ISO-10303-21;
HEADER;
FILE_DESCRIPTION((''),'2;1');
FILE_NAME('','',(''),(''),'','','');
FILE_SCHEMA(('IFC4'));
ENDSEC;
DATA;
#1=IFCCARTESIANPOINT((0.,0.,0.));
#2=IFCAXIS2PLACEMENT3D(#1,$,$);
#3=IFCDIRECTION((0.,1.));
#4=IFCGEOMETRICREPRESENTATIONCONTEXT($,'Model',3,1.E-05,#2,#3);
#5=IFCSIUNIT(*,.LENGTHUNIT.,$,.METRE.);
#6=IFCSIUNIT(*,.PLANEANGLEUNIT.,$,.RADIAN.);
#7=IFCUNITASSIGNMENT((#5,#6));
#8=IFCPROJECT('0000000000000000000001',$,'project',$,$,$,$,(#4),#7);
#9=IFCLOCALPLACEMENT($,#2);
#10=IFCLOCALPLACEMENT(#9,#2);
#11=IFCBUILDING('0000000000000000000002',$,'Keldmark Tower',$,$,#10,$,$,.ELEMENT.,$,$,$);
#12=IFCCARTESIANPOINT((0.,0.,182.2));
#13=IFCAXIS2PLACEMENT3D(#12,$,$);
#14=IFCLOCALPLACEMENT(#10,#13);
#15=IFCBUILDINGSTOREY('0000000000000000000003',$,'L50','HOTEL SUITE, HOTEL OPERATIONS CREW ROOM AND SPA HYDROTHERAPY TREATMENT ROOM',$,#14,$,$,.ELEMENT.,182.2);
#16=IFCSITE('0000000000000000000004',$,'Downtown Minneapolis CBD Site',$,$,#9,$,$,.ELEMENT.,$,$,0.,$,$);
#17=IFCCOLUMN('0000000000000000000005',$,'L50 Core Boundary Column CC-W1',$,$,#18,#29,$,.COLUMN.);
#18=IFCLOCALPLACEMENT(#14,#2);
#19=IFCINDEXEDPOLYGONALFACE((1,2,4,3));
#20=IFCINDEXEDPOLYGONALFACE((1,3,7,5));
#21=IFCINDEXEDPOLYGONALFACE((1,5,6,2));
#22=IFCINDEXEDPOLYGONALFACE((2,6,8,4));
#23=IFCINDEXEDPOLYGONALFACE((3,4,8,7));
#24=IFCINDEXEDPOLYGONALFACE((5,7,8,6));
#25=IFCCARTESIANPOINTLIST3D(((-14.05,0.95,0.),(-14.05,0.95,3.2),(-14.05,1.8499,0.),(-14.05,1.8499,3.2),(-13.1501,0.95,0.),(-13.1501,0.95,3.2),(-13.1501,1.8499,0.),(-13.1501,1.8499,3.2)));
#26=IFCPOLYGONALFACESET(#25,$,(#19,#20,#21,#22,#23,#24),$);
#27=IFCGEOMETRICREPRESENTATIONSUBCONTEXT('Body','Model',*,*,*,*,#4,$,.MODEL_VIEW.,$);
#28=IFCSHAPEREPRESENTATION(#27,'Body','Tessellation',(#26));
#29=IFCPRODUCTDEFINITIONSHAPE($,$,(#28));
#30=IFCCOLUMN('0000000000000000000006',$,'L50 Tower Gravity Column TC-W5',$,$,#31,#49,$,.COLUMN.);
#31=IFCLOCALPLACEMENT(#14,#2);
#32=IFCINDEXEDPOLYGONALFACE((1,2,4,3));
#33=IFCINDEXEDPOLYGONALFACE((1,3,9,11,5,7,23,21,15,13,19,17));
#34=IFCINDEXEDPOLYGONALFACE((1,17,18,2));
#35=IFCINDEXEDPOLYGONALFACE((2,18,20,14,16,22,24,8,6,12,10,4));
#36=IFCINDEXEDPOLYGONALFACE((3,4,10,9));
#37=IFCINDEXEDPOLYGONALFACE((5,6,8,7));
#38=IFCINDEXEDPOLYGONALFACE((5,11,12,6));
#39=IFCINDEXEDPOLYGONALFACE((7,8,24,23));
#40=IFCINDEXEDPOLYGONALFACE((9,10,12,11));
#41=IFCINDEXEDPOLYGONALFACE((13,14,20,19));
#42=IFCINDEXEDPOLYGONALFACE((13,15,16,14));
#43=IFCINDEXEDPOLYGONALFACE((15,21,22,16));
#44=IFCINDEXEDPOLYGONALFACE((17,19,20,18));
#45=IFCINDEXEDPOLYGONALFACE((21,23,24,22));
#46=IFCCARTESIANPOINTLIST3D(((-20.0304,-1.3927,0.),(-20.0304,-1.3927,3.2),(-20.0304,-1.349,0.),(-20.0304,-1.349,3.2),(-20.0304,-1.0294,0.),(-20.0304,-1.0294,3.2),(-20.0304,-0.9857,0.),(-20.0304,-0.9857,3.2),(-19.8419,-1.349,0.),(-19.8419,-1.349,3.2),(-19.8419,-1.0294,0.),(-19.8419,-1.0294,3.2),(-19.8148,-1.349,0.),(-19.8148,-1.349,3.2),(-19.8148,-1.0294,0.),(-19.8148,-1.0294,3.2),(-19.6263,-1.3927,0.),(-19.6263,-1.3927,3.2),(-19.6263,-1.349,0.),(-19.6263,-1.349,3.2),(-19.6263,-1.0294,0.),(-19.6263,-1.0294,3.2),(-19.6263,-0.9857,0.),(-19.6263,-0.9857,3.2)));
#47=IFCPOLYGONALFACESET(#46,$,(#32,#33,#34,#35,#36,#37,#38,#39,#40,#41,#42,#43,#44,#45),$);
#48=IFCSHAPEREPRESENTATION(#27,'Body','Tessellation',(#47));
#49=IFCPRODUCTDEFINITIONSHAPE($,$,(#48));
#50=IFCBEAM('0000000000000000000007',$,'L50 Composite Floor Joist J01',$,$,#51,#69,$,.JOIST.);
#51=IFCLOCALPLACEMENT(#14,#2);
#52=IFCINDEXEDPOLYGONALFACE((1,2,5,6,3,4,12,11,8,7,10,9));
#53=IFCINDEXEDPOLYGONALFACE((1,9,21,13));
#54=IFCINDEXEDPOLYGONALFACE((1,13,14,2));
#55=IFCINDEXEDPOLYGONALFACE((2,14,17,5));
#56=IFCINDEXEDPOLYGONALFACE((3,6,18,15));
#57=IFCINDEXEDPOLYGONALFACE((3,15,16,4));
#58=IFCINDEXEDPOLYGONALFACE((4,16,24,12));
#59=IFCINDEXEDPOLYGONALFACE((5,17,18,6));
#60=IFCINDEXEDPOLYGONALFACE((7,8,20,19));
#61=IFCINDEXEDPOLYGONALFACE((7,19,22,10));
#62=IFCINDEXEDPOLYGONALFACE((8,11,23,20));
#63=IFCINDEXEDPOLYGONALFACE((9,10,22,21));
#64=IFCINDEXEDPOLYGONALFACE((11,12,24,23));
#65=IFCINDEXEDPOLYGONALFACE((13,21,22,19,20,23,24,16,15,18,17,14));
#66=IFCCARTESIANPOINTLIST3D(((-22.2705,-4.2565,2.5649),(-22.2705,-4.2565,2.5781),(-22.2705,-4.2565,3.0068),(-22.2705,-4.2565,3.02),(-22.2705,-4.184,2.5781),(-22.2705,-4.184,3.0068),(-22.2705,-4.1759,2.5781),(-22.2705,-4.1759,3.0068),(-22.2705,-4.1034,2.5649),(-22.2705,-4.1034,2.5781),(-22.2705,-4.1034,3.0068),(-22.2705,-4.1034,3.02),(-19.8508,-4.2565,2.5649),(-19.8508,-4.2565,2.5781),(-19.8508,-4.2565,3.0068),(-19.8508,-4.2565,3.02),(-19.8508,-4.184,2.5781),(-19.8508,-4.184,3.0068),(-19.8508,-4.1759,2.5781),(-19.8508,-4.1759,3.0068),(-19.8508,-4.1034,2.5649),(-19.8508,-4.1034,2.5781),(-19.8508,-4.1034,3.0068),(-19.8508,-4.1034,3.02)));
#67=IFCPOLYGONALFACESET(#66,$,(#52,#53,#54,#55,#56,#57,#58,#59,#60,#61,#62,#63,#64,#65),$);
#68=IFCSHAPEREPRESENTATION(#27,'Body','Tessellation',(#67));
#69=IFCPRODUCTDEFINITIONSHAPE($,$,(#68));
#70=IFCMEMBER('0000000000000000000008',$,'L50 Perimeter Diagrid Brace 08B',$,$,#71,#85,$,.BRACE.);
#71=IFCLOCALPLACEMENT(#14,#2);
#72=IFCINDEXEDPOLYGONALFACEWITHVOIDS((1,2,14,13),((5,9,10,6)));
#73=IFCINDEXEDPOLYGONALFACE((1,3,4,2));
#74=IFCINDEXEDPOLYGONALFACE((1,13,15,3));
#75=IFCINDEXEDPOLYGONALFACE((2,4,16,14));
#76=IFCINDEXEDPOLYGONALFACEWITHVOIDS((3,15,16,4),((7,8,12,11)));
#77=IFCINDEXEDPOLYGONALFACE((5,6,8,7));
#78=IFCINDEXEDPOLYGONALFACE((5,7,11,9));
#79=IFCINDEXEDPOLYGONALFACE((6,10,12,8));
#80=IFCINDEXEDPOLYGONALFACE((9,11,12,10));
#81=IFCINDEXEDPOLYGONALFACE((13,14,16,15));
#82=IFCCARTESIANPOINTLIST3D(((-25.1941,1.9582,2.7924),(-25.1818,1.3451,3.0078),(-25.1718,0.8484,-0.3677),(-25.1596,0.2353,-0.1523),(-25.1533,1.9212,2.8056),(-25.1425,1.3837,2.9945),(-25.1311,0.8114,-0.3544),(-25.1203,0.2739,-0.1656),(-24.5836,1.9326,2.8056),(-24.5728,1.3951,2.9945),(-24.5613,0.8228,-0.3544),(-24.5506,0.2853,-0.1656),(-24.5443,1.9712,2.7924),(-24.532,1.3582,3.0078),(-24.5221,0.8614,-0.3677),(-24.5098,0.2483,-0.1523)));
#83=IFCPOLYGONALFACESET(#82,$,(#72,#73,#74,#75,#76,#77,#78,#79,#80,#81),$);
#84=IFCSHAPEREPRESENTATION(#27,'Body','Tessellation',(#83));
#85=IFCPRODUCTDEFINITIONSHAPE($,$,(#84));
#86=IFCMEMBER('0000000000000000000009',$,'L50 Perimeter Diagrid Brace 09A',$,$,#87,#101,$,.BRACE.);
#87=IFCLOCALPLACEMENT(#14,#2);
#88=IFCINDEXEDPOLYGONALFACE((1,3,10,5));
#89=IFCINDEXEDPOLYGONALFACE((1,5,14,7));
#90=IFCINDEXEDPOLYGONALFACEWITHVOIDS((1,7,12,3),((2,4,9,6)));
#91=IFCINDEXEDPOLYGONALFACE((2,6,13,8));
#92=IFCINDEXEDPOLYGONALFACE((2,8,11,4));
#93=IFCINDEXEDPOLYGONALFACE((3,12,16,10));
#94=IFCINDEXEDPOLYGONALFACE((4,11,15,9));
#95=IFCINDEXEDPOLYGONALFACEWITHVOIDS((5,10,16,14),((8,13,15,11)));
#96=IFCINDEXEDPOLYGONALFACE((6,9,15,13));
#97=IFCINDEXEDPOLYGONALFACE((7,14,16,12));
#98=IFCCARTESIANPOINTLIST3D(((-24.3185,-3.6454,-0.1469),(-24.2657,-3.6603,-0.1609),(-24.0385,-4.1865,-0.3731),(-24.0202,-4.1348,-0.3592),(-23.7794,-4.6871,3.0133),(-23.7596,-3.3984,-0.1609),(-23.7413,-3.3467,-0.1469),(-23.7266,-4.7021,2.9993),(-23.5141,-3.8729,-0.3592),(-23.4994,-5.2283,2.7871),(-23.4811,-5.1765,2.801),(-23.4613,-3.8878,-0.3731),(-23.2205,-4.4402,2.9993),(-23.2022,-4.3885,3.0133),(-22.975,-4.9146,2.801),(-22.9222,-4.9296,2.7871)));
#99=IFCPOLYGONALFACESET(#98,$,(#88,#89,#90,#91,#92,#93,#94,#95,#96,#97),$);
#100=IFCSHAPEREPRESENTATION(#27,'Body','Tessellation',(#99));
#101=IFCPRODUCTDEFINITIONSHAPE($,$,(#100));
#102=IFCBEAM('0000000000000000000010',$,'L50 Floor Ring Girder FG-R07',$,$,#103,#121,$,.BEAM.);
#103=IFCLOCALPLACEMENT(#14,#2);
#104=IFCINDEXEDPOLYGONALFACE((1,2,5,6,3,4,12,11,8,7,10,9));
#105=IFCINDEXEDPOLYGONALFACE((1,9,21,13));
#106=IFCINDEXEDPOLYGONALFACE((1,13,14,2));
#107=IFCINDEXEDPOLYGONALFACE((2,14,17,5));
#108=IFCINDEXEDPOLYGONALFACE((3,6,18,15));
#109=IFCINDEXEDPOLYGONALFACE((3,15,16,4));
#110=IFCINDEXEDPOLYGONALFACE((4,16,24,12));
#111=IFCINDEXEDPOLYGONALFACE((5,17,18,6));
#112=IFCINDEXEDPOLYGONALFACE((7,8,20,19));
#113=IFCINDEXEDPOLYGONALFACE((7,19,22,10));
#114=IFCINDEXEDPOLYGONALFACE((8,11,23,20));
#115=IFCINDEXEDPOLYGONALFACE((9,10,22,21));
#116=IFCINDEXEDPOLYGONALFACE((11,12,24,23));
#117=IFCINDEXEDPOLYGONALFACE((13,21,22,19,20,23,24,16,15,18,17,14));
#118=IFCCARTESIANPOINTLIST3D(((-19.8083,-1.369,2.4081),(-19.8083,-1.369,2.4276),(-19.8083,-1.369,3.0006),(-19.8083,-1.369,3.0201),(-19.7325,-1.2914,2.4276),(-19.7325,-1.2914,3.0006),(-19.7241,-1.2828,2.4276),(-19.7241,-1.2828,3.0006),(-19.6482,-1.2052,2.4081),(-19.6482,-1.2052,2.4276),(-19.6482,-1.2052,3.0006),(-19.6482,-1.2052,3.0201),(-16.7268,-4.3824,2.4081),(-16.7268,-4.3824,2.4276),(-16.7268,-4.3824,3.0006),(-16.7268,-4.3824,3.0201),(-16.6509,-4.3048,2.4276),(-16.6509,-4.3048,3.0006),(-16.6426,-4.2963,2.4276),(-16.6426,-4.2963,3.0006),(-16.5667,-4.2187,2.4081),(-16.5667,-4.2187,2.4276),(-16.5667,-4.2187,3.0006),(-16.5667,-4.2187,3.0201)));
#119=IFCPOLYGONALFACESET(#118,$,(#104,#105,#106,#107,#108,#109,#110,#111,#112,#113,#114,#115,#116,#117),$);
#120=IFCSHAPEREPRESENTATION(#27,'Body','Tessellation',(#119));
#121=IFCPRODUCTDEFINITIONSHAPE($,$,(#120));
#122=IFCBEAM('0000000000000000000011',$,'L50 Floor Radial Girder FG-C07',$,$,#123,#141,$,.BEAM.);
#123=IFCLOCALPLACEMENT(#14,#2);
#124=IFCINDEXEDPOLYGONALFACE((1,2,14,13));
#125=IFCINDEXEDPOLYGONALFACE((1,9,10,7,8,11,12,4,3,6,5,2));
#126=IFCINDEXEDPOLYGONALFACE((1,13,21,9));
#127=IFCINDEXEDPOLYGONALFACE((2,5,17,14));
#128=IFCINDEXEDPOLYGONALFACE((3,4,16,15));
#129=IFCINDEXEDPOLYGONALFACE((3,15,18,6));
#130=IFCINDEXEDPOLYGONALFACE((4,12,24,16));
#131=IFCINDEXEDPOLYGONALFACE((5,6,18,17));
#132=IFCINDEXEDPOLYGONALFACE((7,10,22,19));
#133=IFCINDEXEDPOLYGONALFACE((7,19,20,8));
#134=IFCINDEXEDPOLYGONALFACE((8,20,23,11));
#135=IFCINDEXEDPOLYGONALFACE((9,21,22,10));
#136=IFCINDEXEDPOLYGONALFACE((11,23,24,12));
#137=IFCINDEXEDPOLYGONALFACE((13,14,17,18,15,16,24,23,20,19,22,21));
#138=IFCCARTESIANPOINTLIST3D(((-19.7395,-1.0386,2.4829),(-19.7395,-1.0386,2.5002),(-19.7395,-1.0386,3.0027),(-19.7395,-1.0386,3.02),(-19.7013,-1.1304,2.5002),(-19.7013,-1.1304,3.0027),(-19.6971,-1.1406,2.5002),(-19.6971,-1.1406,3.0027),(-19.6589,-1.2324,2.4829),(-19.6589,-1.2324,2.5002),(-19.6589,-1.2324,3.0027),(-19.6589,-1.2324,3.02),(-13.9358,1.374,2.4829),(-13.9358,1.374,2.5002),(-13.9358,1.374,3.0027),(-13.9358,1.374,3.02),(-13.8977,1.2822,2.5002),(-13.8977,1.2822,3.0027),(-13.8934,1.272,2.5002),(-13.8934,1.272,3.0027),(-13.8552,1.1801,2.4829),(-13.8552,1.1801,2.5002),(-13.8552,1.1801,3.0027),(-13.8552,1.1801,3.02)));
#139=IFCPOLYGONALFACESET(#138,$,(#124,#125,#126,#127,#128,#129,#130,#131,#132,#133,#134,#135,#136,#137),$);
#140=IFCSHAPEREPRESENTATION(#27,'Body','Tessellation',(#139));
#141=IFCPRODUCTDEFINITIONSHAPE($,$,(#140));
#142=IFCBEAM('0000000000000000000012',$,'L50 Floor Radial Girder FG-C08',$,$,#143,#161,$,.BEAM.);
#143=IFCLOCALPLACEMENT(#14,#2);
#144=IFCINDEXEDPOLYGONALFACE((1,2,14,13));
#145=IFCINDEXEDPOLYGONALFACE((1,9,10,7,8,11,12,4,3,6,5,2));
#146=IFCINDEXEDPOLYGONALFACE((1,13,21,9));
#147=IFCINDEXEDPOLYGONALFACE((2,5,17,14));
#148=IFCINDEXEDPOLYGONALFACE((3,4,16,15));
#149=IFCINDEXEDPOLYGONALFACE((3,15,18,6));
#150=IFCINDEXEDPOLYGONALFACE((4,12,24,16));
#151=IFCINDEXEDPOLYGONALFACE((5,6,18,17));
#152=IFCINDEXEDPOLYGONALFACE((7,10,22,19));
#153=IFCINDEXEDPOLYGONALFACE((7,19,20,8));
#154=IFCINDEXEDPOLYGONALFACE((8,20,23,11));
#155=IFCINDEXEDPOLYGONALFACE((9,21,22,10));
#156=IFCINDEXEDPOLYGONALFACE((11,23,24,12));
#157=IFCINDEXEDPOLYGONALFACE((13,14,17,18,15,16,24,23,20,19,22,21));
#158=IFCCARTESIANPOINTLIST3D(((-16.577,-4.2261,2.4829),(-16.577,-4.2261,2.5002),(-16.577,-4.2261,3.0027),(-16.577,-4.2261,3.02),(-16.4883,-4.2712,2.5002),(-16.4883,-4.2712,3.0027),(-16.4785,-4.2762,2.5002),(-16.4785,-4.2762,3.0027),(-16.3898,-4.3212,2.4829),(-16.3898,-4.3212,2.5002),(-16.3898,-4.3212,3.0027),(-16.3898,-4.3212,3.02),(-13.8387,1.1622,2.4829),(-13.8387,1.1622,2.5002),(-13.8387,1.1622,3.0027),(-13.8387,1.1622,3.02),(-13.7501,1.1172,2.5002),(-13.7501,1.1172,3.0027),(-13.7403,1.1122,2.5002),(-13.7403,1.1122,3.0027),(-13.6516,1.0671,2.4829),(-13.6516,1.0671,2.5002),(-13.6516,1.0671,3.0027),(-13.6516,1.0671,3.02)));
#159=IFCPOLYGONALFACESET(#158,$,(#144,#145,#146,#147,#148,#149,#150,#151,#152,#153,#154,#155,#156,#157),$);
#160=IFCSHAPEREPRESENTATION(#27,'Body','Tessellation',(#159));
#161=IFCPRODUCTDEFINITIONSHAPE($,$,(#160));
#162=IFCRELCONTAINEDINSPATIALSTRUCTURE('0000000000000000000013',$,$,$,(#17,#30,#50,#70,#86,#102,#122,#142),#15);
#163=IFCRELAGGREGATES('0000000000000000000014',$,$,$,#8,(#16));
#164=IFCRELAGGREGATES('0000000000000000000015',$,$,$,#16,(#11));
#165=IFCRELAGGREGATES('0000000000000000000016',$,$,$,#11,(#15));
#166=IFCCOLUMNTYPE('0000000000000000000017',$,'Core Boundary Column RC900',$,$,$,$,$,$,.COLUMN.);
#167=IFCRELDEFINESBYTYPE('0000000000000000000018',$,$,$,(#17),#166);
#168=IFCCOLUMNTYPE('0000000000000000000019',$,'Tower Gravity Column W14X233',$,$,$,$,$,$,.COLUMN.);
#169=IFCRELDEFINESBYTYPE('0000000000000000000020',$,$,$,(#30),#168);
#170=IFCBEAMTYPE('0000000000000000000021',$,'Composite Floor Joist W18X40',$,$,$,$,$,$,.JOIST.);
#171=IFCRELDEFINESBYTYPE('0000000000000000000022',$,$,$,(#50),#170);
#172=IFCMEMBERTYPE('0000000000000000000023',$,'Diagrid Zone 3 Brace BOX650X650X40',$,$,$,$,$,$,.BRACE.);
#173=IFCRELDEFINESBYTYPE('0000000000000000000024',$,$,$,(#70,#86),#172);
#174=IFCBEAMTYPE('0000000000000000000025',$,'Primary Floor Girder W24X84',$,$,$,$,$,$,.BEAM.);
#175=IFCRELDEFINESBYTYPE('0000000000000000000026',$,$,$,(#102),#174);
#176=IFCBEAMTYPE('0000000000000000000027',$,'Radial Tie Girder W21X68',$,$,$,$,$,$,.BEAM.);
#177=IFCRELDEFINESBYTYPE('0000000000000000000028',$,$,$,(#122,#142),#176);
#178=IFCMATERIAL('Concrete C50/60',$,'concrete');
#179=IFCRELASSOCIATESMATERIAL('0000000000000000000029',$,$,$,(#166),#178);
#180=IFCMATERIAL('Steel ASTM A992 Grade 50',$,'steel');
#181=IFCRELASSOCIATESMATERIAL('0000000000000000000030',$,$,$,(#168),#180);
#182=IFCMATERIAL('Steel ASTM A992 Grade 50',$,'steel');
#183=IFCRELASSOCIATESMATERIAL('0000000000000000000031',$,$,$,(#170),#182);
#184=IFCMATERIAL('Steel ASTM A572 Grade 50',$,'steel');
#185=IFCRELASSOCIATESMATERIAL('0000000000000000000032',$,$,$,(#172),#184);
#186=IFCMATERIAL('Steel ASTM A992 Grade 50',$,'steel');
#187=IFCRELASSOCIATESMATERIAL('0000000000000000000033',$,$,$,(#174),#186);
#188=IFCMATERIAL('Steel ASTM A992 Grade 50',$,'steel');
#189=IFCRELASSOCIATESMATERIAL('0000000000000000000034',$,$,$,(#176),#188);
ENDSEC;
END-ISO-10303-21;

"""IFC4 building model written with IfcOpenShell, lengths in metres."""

from ifc_helpers import new_model, si_unit, direction, frame, origin, origin_2d, place, context, subcontext, project, spatial, rectangle, hollow_rectangle, i_section, extrude, material, material_profile, profile_set, type_object, element, save


model = new_model("IFC4")

# Units and contexts
model_context = context("Model", 3, precision=1e-05, world=origin(), true_north=direction((0.0, 1.0)))
body_context = subcontext(model_context, "Body", "Model", "MODEL_VIEW")
ifc_project = project(units=[si_unit("LENGTHUNIT", "METRE"), si_unit("PLANEANGLEUNIT", "RADIAN")], contexts=[model_context])

# Site, building, storey
site_placement = place(None, origin())
site = spatial("IfcSite", under=ifc_project, at=site_placement, Name="Downtown Minneapolis CBD Site", CompositionType="ELEMENT", RefElevation=0.0)
building_placement = place(site_placement, origin())
building = spatial("IfcBuilding", under=site, at=building_placement, Name="Keldmark Tower", CompositionType="ELEMENT")
storey_placement = place(building_placement, frame((0.0, 0.0, 182.2)))
storey = spatial("IfcBuildingStorey", under=building, at=storey_placement, Name="L50", Description="HOTEL SUITE, HOTEL OPERATIONS CREW ROOM AND SPA HYDROTHERAPY TREATMENT ROOM", CompositionType="ELEMENT", Elevation=182.2)

# Columns
ifc_material_1 = material(Name="Concrete C50/60", Category="concrete")
ifc_material_profile_1 = material_profile(ifc_material_1, rectangle(XDim=0.8999, YDim=0.8999, at=origin_2d()), Name="RC900X900")
ifc_profile_set_1 = profile_set([ifc_material_profile_1], Name="Concrete C50/60")
column_type_1 = type_object("IfcColumnType", Name="Core Boundary Column RC900", PredefinedType="COLUMN", material=ifc_profile_set_1)
column_1_placement = place(storey_placement, frame((-13.6001, 1.3999, 0.0), z_axis=(0.0, 0.0, 1.0), x_axis=(1.0, 0.0, 0.0)))
element("IfcColumn", 1, at=column_1_placement, inside=storey, type_object=column_type_1, Name="L50 Core Boundary Column CC-W1", PredefinedType="COLUMN", context=body_context, shape_type="SweptSolid", body=[
    extrude(rectangle(XDim=0.8999, YDim=0.8999, at=origin_2d()), origin(), (0.0, 0.0, 1.0), 3.2),
])
ifc_material_2 = material(Name="Steel ASTM A992 Grade 50", Category="steel")
ifc_material_profile_2 = material_profile(ifc_material_2, i_section(OverallWidth=0.4041, OverallDepth=0.407, WebThickness=0.0271, FlangeThickness=0.0437, at=origin_2d()), Name="W14X233")
ifc_profile_set_2 = profile_set([ifc_material_profile_2], Name="Steel ASTM A992 Grade 50")
column_type_2 = type_object("IfcColumnType", Name="Tower Gravity Column W14X233", PredefinedType="COLUMN", material=ifc_profile_set_2)
column_2_placement = place(storey_placement, frame((-19.8284, -1.1892, 0.0), z_axis=(0.0, 0.0, 1.0), x_axis=(1.0, 0.0, 0.0)))
element("IfcColumn", 2, at=column_2_placement, inside=storey, type_object=column_type_2, Name="L50 Tower Gravity Column TC-W5", PredefinedType="COLUMN", context=body_context, shape_type="SweptSolid", body=[
    extrude(i_section(OverallWidth=0.4041, OverallDepth=0.407, WebThickness=0.0271, FlangeThickness=0.0437, at=origin_2d()), origin(), (0.0, 0.0, 1.0), 3.2),
])

# Beam
ifc_material_3 = material(Name="Steel ASTM A992 Grade 50", Category="steel")
ifc_material_profile_3 = material_profile(ifc_material_3, i_section(OverallWidth=0.1531, OverallDepth=0.4551, WebThickness=0.0081, FlangeThickness=0.0132, at=origin_2d()), Name="W18X40")
ifc_profile_set_3 = profile_set([ifc_material_profile_3], Name="Steel ASTM A992 Grade 50")
beam_type_1 = type_object("IfcBeamType", Name="Composite Floor Joist W18X40", PredefinedType="JOIST", material=ifc_profile_set_3)
beam_1_placement = place(storey_placement, frame((-22.2705, -4.1799, 2.7925), z_axis=(1.0, 0.0, 0.0), x_axis=(0.0, 1.0, 0.0)))
element("IfcBeam", 3, at=beam_1_placement, inside=storey, type_object=beam_type_1, Name="L50 Composite Floor Joist J01", PredefinedType="JOIST", context=body_context, shape_type="SweptSolid", body=[
    extrude(i_section(OverallWidth=0.1531, OverallDepth=0.4551, WebThickness=0.0081, FlangeThickness=0.0132, at=origin_2d()), origin(), (0.0, 0.0, 1.0), 2.4197),
])

# Members
ifc_material_4 = material(Name="Steel ASTM A572 Grade 50", Category="steel")
ifc_material_profile_4 = material_profile(ifc_material_4, hollow_rectangle(XDim=0.6499, YDim=0.6499, WallThickness=0.04, at=origin_2d()), Name="BOX650X650X40")
ifc_profile_set_4 = profile_set([ifc_material_profile_4], Name="Steel ASTM A572 Grade 50")
member_type = type_object("IfcMemberType", Name="Diagrid Zone 3 Brace BOX650X650X40", PredefinedType="BRACE", material=ifc_profile_set_4)
member_1_placement = place(storey_placement, frame((-24.8408, 0.5483, -0.26), z_axis=(-0.006633, 0.331356, 0.943483), x_axis=(-0.9998, -0.020014, 0.0)))
element("IfcMember", 4, at=member_1_placement, inside=storey, type_object=member_type, Name="L50 Perimeter Diagrid Brace 08B", PredefinedType="BRACE", context=body_context, shape_type="SweptSolid", body=[
    extrude(hollow_rectangle(XDim=0.6499, YDim=0.6499, WallThickness=0.04, at=origin_2d()), origin(), (0.0, 0.0, 1.0), 3.3494),
])
member_2_placement = place(storey_placement, frame((-23.8899, -3.7666, -0.26), z_axis=(0.15992, -0.309049, 0.937504), x_axis=(0.888139, 0.459576, 0.0)))
element("IfcMember", 5, at=member_2_placement, inside=storey, type_object=member_type, Name="L50 Perimeter Diagrid Brace 09A", PredefinedType="BRACE", context=body_context, shape_type="SweptSolid", body=[
    extrude(hollow_rectangle(XDim=0.6499, YDim=0.6499, WallThickness=0.04, at=origin_2d()), origin(), (0.0, 0.0, 1.0), 3.3708),
])

# Beams
ifc_material_5 = material(Name="Steel ASTM A992 Grade 50", Category="steel")
ifc_material_profile_5 = material_profile(ifc_material_5, i_section(OverallWidth=0.229, OverallDepth=0.6121, WebThickness=0.012, FlangeThickness=0.0195, at=origin_2d()), Name="W24X84")
ifc_profile_set_5 = profile_set([ifc_material_profile_5], Name="Steel ASTM A992 Grade 50")
beam_type_2 = type_object("IfcBeamType", Name="Primary Floor Girder W24X84", PredefinedType="BEAM", material=ifc_profile_set_5)
beam_2_placement = place(storey_placement, frame((-19.7283, -1.2871, 2.7141), z_axis=(0.714965, -0.699161, 0.0), x_axis=(0.699161, 0.714965, 0.0)))
element("IfcBeam", 6, at=beam_2_placement, inside=storey, type_object=beam_type_2, Name="L50 Floor Ring Girder FG-R07", PredefinedType="BEAM", context=body_context, shape_type="SweptSolid", body=[
    extrude(i_section(OverallWidth=0.229, OverallDepth=0.6121, WebThickness=0.012, FlangeThickness=0.0195, at=origin_2d()), origin(), (0.0, 0.0, 1.0), 4.3101),
])
ifc_material_6 = material(Name="Steel ASTM A992 Grade 50", Category="steel")
ifc_material_profile_6 = material_profile(ifc_material_6, i_section(OverallWidth=0.21, OverallDepth=0.5371, WebThickness=0.011, FlangeThickness=0.0173, at=origin_2d()), Name="W21X68")
ifc_profile_set_6 = profile_set([ifc_material_profile_6], Name="Steel ASTM A992 Grade 50")
beam_type_3 = type_object("IfcBeamType", Name="Radial Tie Girder W21X68", PredefinedType="BEAM", material=ifc_profile_set_6)
beam_3_placement = place(storey_placement, frame((-19.6992, -1.1355, 2.7515), z_axis=(0.923394, 0.383854, 0.0), x_axis=(-0.383854, 0.923394, 0.0)))
element("IfcBeam", 7, at=beam_3_placement, inside=storey, type_object=beam_type_3, Name="L50 Floor Radial Girder FG-C07", PredefinedType="BEAM", context=body_context, shape_type="SweptSolid", body=[
    extrude(i_section(OverallWidth=0.21, OverallDepth=0.5371, WebThickness=0.011, FlangeThickness=0.0173, at=origin_2d()), origin(), (0.0, 0.0, 1.0), 6.2852),
])
beam_4_placement = place(storey_placement, frame((-16.4834, -4.2737, 2.7515), z_axis=(0.453037, 0.891492, 0.0), x_axis=(-0.891492, 0.453037, 0.0)))
element("IfcBeam", 8, at=beam_4_placement, inside=storey, type_object=beam_type_3, Name="L50 Floor Radial Girder FG-C08", PredefinedType="BEAM", context=body_context, shape_type="SweptSolid", body=[
    extrude(i_section(OverallWidth=0.21, OverallDepth=0.5371, WebThickness=0.011, FlangeThickness=0.0173, at=origin_2d()), origin(), (0.0, 0.0, 1.0), 6.0442),
])

save(model, "model.ifc")
